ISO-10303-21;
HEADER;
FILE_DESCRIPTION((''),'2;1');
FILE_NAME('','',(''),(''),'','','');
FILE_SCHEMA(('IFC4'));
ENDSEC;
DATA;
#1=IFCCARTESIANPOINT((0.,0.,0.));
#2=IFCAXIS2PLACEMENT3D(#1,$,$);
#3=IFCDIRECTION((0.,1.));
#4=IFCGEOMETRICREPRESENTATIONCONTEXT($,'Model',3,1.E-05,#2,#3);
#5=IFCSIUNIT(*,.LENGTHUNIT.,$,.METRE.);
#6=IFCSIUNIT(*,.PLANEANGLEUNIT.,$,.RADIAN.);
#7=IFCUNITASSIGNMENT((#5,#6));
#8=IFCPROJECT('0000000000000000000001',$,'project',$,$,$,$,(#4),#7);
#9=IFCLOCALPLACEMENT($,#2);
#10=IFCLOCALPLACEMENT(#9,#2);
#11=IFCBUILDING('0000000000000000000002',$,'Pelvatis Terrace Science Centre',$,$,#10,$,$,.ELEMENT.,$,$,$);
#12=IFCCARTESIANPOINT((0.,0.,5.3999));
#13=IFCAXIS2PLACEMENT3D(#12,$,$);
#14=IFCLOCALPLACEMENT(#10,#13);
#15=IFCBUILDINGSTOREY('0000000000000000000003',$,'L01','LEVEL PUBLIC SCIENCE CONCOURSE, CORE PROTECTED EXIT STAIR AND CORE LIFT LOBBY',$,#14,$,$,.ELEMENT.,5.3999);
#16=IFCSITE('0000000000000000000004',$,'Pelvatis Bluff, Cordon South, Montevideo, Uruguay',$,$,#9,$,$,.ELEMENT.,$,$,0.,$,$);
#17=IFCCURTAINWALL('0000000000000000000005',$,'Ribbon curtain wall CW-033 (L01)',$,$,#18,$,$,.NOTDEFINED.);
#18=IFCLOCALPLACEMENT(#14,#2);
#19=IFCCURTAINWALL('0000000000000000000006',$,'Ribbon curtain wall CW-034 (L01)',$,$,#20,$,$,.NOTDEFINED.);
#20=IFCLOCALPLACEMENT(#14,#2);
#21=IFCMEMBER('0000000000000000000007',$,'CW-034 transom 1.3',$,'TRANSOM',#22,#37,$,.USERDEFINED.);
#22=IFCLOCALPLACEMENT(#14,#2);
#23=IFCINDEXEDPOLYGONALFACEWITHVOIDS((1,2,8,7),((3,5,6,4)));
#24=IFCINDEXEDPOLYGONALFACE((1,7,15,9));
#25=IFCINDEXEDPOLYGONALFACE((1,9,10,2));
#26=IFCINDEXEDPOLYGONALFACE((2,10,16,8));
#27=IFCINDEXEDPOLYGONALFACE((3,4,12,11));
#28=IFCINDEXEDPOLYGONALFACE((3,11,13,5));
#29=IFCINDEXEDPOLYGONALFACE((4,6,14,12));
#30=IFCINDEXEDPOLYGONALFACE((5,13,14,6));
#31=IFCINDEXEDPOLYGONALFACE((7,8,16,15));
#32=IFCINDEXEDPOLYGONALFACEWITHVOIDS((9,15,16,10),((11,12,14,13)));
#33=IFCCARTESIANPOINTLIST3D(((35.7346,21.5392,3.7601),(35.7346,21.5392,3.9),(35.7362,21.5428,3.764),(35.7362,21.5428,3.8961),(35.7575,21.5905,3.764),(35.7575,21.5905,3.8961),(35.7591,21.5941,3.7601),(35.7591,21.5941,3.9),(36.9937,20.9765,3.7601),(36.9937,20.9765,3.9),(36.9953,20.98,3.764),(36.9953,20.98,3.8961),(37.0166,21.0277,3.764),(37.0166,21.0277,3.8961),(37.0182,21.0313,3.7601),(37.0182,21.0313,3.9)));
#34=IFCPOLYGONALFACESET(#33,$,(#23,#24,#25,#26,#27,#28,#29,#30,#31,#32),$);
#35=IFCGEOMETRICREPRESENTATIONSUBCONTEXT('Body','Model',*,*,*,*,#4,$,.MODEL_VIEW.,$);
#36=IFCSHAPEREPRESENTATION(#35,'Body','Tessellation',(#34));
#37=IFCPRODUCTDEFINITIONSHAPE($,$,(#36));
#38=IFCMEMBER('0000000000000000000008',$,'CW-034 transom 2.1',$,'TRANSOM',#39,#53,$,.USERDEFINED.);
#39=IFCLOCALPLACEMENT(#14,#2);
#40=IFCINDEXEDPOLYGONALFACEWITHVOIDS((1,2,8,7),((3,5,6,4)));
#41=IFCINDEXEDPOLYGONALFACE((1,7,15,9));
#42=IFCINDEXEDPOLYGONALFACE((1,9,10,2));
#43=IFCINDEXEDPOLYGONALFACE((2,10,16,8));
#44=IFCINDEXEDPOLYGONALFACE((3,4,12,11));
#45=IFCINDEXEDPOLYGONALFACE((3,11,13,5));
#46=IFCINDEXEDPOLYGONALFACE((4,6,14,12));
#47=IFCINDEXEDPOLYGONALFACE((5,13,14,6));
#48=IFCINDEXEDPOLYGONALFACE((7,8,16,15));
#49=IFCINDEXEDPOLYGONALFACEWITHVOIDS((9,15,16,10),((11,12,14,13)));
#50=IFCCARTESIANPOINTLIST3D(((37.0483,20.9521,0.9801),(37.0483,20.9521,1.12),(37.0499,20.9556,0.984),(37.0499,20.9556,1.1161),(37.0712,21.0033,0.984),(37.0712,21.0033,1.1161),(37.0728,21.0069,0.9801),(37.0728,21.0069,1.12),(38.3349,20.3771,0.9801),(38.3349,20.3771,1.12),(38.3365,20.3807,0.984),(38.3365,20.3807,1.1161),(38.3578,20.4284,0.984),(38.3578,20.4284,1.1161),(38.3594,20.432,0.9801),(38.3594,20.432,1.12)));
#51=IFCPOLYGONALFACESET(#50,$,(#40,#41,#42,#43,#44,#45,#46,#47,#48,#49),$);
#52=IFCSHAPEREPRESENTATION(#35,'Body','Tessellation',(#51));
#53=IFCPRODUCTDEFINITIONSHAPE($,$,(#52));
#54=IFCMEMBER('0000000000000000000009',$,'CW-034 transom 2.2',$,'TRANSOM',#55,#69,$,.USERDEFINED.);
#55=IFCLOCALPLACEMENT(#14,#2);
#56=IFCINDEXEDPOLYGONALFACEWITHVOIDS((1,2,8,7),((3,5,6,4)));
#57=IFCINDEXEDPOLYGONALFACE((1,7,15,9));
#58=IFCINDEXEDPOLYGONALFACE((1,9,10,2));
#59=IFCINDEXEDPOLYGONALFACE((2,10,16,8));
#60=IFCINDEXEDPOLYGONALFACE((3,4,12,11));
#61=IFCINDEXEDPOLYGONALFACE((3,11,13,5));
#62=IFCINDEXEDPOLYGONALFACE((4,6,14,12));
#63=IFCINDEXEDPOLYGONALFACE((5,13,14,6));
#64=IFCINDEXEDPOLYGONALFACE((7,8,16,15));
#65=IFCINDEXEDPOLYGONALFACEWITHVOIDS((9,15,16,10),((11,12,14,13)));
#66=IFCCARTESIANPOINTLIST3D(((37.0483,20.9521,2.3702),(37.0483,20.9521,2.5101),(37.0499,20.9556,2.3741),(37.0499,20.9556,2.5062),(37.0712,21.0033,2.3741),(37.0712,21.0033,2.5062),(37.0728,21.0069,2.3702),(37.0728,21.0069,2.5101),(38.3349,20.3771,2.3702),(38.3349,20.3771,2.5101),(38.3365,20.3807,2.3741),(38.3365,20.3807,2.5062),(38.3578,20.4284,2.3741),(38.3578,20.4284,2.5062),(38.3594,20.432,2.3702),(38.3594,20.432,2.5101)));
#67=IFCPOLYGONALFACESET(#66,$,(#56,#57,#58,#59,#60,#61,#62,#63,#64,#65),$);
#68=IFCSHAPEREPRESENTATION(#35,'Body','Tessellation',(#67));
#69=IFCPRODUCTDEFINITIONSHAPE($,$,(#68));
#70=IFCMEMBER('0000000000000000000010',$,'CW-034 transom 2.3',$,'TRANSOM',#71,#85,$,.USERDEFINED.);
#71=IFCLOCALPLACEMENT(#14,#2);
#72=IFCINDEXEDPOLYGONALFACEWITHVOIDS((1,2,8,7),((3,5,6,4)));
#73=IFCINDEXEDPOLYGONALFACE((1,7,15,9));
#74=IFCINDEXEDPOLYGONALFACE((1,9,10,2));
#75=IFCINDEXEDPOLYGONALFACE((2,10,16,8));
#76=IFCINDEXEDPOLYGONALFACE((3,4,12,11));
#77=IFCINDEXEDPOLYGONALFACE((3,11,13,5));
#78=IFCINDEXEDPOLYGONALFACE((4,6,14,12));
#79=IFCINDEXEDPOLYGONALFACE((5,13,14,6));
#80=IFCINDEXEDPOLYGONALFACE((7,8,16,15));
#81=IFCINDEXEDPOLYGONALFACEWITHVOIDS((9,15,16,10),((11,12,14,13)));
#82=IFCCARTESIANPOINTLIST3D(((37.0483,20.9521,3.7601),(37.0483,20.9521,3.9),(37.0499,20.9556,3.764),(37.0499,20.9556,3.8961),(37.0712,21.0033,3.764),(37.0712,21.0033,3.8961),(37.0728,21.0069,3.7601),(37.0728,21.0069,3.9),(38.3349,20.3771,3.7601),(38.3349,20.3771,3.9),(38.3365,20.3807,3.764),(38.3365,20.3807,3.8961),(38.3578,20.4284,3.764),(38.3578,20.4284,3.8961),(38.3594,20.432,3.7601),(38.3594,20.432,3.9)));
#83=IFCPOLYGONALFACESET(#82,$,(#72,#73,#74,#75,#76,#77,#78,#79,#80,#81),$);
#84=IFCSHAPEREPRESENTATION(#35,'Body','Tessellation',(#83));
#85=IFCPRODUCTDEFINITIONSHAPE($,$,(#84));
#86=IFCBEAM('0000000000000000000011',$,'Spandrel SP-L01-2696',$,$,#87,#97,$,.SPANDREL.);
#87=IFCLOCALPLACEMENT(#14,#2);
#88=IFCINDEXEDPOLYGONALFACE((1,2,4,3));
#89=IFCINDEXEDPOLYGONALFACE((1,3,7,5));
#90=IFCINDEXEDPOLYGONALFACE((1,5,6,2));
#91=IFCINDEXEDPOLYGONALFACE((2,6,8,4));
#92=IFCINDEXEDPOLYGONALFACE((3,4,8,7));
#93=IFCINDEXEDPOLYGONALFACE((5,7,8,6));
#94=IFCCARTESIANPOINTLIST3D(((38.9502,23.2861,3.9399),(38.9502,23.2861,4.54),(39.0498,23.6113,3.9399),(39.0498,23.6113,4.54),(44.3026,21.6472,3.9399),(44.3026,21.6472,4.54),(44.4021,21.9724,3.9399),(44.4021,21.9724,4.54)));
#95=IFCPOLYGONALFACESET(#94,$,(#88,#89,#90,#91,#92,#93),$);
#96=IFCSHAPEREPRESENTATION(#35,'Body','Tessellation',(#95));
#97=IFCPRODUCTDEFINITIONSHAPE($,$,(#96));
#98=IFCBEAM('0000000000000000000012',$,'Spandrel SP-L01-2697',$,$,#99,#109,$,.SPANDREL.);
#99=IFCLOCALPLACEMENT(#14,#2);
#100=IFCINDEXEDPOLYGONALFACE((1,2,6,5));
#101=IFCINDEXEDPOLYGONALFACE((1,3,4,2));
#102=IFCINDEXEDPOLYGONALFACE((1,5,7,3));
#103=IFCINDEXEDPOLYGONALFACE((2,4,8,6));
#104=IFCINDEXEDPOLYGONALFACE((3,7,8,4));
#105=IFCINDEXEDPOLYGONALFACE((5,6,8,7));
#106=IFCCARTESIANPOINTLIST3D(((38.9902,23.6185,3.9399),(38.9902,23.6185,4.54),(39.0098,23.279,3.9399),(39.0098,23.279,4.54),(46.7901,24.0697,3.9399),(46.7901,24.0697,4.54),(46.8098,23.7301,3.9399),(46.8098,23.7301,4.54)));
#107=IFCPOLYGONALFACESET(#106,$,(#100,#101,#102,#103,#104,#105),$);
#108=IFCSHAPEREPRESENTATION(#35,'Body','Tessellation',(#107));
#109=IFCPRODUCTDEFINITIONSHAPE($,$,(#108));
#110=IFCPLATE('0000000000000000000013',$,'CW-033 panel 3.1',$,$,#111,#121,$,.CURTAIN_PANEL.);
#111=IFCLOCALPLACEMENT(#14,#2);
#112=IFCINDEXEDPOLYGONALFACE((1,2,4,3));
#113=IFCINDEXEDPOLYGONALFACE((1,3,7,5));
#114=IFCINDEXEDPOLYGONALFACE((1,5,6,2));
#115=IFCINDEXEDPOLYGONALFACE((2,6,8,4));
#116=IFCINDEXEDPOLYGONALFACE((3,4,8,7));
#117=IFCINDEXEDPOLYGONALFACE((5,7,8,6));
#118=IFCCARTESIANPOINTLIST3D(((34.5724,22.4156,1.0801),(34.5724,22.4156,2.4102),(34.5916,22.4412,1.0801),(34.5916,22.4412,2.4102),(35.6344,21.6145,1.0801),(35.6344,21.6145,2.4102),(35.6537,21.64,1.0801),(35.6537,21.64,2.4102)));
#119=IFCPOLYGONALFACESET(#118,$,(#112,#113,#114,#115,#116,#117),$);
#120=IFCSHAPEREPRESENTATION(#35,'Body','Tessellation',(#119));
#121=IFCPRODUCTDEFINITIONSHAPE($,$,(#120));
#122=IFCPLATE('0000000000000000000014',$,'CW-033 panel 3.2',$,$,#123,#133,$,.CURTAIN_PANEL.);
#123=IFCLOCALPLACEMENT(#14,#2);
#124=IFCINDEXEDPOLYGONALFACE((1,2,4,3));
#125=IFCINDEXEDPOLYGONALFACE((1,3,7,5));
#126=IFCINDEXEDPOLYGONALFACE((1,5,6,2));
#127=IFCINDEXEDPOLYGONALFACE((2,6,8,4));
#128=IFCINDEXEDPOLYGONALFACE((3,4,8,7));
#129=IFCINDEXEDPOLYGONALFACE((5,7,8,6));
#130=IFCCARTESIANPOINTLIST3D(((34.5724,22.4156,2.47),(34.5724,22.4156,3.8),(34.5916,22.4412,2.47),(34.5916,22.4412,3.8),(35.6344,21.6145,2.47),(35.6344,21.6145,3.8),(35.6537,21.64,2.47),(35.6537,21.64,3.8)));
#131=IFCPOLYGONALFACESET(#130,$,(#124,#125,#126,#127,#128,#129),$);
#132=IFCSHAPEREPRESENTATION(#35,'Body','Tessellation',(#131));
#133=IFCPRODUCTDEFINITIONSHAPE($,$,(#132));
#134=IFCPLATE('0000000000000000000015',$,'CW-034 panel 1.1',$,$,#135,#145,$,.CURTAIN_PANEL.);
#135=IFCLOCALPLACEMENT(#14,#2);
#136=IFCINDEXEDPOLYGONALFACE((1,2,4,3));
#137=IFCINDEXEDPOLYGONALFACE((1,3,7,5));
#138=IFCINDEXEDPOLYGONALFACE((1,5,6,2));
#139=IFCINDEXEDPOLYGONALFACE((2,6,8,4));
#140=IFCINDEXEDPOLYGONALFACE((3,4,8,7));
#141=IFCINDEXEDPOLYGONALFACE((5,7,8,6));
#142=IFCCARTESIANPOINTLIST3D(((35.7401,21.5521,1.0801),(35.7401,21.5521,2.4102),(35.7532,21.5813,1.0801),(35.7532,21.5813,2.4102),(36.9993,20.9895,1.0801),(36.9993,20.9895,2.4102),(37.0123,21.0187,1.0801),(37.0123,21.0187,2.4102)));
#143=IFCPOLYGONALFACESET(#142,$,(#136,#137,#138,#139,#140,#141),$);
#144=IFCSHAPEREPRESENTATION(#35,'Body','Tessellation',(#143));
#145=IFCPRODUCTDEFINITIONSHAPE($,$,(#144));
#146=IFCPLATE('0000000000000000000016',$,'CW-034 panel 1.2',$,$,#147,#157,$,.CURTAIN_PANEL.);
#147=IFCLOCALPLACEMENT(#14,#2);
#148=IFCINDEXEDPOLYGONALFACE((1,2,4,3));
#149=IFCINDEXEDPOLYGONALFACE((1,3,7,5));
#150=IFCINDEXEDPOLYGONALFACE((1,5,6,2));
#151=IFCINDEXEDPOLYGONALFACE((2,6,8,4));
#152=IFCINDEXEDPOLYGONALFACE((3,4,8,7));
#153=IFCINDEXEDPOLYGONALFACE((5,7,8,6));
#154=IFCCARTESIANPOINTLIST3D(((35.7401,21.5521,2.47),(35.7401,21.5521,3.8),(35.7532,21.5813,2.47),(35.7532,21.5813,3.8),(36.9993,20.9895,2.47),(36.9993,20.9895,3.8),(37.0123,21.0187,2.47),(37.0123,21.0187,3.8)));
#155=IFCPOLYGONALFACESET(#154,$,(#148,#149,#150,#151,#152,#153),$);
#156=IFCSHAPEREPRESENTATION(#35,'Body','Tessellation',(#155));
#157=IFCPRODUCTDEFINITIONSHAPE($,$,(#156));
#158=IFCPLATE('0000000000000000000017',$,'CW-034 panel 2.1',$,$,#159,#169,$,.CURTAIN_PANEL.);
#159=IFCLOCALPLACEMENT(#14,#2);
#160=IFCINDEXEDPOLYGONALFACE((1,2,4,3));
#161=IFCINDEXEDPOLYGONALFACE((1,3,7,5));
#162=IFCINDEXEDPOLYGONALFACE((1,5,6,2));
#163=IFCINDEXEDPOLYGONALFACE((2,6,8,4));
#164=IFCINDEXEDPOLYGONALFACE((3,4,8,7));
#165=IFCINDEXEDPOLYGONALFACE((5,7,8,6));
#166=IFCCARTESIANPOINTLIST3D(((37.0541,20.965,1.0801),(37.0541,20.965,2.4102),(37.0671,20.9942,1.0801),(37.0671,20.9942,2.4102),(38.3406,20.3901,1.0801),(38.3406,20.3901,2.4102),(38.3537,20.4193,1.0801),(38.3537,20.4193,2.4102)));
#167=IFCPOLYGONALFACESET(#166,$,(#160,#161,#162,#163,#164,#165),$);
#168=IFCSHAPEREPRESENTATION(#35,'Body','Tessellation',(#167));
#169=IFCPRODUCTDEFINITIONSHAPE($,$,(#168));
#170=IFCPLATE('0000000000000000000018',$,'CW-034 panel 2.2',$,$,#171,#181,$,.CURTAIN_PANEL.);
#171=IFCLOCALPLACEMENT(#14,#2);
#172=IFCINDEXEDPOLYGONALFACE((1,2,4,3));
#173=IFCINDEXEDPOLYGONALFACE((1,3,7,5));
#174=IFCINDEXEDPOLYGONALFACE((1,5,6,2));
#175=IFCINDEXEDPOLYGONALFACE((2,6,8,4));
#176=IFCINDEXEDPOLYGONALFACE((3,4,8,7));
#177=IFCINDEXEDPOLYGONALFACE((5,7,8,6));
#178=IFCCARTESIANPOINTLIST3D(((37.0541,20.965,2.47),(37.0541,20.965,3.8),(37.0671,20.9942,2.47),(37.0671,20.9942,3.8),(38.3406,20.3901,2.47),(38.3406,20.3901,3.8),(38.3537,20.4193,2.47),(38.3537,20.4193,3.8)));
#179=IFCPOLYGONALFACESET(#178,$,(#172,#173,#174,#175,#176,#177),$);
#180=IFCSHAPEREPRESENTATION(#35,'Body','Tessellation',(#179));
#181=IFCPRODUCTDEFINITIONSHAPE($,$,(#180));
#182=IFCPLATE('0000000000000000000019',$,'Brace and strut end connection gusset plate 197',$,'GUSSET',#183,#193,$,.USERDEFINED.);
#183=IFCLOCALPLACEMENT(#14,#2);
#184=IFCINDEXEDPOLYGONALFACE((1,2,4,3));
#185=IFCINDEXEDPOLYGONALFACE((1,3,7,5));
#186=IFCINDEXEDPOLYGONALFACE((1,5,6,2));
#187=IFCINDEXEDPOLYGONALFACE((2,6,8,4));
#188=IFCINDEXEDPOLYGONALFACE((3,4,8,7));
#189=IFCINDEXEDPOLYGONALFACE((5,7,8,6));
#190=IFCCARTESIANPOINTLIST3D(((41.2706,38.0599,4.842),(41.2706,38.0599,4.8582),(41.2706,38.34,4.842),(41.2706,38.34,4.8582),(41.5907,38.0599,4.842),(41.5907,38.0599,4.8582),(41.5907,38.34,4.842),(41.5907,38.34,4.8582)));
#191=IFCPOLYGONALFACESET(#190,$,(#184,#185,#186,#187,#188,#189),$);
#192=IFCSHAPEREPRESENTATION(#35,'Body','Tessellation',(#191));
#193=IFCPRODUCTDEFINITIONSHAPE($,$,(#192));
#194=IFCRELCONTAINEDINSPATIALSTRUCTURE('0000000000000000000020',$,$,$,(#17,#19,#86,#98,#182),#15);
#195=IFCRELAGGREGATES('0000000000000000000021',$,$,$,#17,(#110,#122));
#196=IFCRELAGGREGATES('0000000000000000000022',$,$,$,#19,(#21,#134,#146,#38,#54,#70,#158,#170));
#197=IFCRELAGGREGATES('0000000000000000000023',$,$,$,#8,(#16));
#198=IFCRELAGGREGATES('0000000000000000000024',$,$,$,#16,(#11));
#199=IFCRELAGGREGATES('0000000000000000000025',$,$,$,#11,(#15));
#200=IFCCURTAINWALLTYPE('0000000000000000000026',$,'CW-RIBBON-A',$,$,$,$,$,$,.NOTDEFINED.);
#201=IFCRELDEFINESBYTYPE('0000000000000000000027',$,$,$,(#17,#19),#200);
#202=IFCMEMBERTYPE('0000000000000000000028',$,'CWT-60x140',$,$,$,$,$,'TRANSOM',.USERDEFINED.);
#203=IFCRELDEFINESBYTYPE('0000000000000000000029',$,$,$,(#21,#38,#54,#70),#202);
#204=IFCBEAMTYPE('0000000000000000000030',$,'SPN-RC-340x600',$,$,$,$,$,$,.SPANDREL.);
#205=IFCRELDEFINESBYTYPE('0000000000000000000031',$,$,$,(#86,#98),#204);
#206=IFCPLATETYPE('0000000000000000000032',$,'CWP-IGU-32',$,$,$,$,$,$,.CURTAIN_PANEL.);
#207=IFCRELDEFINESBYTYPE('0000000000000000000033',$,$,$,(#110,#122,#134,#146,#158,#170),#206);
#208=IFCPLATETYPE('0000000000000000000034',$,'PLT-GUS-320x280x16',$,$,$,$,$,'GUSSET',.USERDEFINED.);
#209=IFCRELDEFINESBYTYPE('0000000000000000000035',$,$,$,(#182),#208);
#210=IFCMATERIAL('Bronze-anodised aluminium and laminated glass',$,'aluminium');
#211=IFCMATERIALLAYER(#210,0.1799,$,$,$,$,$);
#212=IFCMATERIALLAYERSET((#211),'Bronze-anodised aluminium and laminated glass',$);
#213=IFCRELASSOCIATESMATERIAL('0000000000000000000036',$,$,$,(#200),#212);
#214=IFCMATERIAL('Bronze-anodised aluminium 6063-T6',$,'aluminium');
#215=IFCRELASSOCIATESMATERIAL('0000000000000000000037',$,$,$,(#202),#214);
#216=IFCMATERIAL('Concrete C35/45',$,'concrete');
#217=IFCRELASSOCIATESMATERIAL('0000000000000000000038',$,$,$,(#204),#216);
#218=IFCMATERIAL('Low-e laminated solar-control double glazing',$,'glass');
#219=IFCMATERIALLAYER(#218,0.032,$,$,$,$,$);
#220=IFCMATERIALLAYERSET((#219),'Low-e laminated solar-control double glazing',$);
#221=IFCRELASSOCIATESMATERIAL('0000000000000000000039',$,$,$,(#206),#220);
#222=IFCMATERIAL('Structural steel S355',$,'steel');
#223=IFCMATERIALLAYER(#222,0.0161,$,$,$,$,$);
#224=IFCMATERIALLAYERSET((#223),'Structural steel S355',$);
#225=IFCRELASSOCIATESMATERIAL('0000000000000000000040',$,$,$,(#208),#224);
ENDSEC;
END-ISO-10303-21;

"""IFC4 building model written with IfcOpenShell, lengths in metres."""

from ifc_helpers import new_model, si_unit, direction, frame, origin, origin_2d, place, context, subcontext, project, spatial, rectangle, hollow_rectangle, extrude, material, layer, layer_set, material_profile, profile_set, type_object, element, aggregate, save


model = new_model("IFC4")

# Units and contexts
model_context = context("Model", 3, precision=1e-05, world=origin(), true_north=direction((0.0, 1.0)))
body_context = subcontext(model_context, "Body", "Model", "MODEL_VIEW")
ifc_project = project(units=[si_unit("LENGTHUNIT", "METRE"), si_unit("PLANEANGLEUNIT", "RADIAN")], contexts=[model_context])

# Site, building, storey
site_placement = place(None, origin())
site = spatial("IfcSite", under=ifc_project, at=site_placement, Name="Pelvatis Bluff, Cordon South, Montevideo, Uruguay", CompositionType="ELEMENT", RefElevation=0.0)
building_placement = place(site_placement, origin())
building = spatial("IfcBuilding", under=site, at=building_placement, Name="Pelvatis Terrace Science Centre", CompositionType="ELEMENT")
storey_placement = place(building_placement, frame((0.0, 0.0, 5.3999)))
storey = spatial("IfcBuildingStorey", under=building, at=storey_placement, Name="L01", Description="LEVEL PUBLIC SCIENCE CONCOURSE, CORE PROTECTED EXIT STAIR AND CORE LIFT LOBBY", CompositionType="ELEMENT", Elevation=5.3999)

# Curtain walls
ifc_material_1 = material(Name="Bronze-anodised aluminium and laminated glass", Category="aluminium")
ifc_layer_1 = layer(ifc_material_1, 0.1799)
ifc_layer_set_1 = layer_set([ifc_layer_1], Name="Bronze-anodised aluminium and laminated glass")
curtain_wall_type = type_object("IfcCurtainWallType", Name="CW-RIBBON-A", PredefinedType="NOTDEFINED", material=ifc_layer_set_1)
curtain_wall_1_placement = place(storey_placement, origin())
curtain_wall_1 = element("IfcCurtainWall", 1, at=curtain_wall_1_placement, inside=storey, type_object=curtain_wall_type, Name="Ribbon curtain wall CW-033 (L01)", PredefinedType="NOTDEFINED")
curtain_wall_2_placement = place(storey_placement, origin())
curtain_wall_2 = element("IfcCurtainWall", 2, at=curtain_wall_2_placement, inside=storey, type_object=curtain_wall_type, Name="Ribbon curtain wall CW-034 (L01)", PredefinedType="NOTDEFINED")

# Members
ifc_material_2 = material(Name="Bronze-anodised aluminium 6063-T6", Category="aluminium")
ifc_material_profile_1 = material_profile(ifc_material_2, hollow_rectangle(XDim=0.0601, YDim=0.1399, WallThickness=0.0039, at=origin_2d()), Name="ALU-TRN 60x140")
ifc_profile_set_1 = profile_set([ifc_material_profile_1], Name="Bronze-anodised aluminium 6063-T6")
member_type_1 = type_object("IfcMemberType", Name="CWT-60x140", ElementType="TRANSOM", PredefinedType="USERDEFINED", material=ifc_profile_set_1)
member_1_placement = place(storey_placement, frame((35.7468, 21.5667, 3.8301), z_axis=(0.912955, -0.408059, 0.0), x_axis=(0.408059, 0.912955, 0.0)))
member_1 = element("IfcMember", 3, at=member_1_placement, type_object=member_type_1, Name="CW-034 transom 1.3", ObjectType="TRANSOM", PredefinedType="USERDEFINED", context=body_context, shape_type="SweptSolid", body=[
    extrude(hollow_rectangle(XDim=0.0601, YDim=0.1399, WallThickness=0.0039, at=origin_2d()), origin(), (0.0, 0.0, 1.0), 1.3792),
])
member_2_placement = place(storey_placement, frame((37.0605, 20.9795, 1.05), z_axis=(0.912988, -0.407986, 0.0), x_axis=(0.407986, 0.912988, 0.0)))
member_2 = element("IfcMember", 4, at=member_2_placement, type_object=member_type_1, Name="CW-034 transom 2.1", ObjectType="TRANSOM", PredefinedType="USERDEFINED", context=body_context, shape_type="SweptSolid", body=[
    extrude(hollow_rectangle(XDim=0.0601, YDim=0.1399, WallThickness=0.0039, at=origin_2d()), origin(), (0.0, 0.0, 1.0), 1.4092),
])
member_3_placement = place(storey_placement, frame((37.0605, 20.9795, 2.4402), z_axis=(0.912988, -0.407986, 0.0), x_axis=(0.407986, 0.912988, 0.0)))
member_3 = element("IfcMember", 5, at=member_3_placement, type_object=member_type_1, Name="CW-034 transom 2.2", ObjectType="TRANSOM", PredefinedType="USERDEFINED", context=body_context, shape_type="SweptSolid", body=[
    extrude(hollow_rectangle(XDim=0.0601, YDim=0.1399, WallThickness=0.0039, at=origin_2d()), origin(), (0.0, 0.0, 1.0), 1.4092),
])
member_4_placement = place(storey_placement, frame((37.0605, 20.9795, 3.8301), z_axis=(0.912988, -0.407986, 0.0), x_axis=(0.407986, 0.912988, 0.0)))
member_4 = element("IfcMember", 6, at=member_4_placement, type_object=member_type_1, Name="CW-034 transom 2.3", ObjectType="TRANSOM", PredefinedType="USERDEFINED", context=body_context, shape_type="SweptSolid", body=[
    extrude(hollow_rectangle(XDim=0.0601, YDim=0.1399, WallThickness=0.0039, at=origin_2d()), origin(), (0.0, 0.0, 1.0), 1.4092),
])

# Beams
ifc_material_3 = material(Name="Concrete C35/45", Category="concrete")
ifc_material_profile_2 = material_profile(ifc_material_3, rectangle(XDim=0.3401, YDim=0.6001, at=origin_2d()), Name="RC-SPN 340x600")
ifc_profile_set_2 = profile_set([ifc_material_profile_2], Name="Concrete C35/45")
beam_type_1 = type_object("IfcBeamType", Name="SPN-RC-340x600", PredefinedType="SPANDREL", material=ifc_profile_set_2)
beam_1_placement = place(storey_placement, frame((39.0, 23.4487, 4.24), z_axis=(0.956177, -0.292789, 0.0), x_axis=(0.292789, 0.956177, 0.0)))
element("IfcBeam", 7, at=beam_1_placement, inside=storey, type_object=beam_type_1, Name="Spandrel SP-L01-2696", PredefinedType="SPANDREL", context=body_context, shape_type="SweptSolid", body=[
    extrude(rectangle(XDim=0.3401, YDim=0.6001, at=origin_2d()), origin(), (0.0, 0.0, 1.0), 5.5977),
])
beam_2_placement = place(storey_placement, frame((39.0, 23.4487, 4.24), z_axis=(0.998331, 0.057746, 0.0), x_axis=(-0.057746, 0.998331, 0.0)))
element("IfcBeam", 8, at=beam_2_placement, inside=storey, type_object=beam_type_1, Name="Spandrel SP-L01-2697", PredefinedType="SPANDREL", context=body_context, shape_type="SweptSolid", body=[
    extrude(rectangle(XDim=0.3401, YDim=0.6001, at=origin_2d()), origin(), (0.0, 0.0, 1.0), 7.813),
])

# Plates
ifc_material_4 = material(Name="Low-e laminated solar-control double glazing", Category="glass")
ifc_layer_2 = layer(ifc_material_4, 0.032)
ifc_layer_set_2 = layer_set([ifc_layer_2], Name="Low-e laminated solar-control double glazing")
plate_type_1 = type_object("IfcPlateType", Name="CWP-IGU-32", PredefinedType="CURTAIN_PANEL", material=ifc_layer_set_2)
plate_1_placement = place(storey_placement, frame((35.113, 22.0278, 1.0801), z_axis=(0.0, 0.0, 1.0), x_axis=(0.798335, -0.602213, 0.0)))
plate_1 = element("IfcPlate", 9, at=plate_1_placement, type_object=plate_type_1, Name="CW-033 panel 3.1", PredefinedType="CURTAIN_PANEL", context=body_context, shape_type="SweptSolid", body=[
    extrude(rectangle(XDim=1.3303, YDim=0.032, at=origin_2d()), origin(), (0.0, 0.0, 1.0), 1.3301),
])
plate_2_placement = place(storey_placement, frame((35.113, 22.0278, 2.47), z_axis=(0.0, 0.0, 1.0), x_axis=(0.798335, -0.602213, 0.0)))
plate_2 = element("IfcPlate", 10, at=plate_2_placement, type_object=plate_type_1, Name="CW-033 panel 3.2", PredefinedType="CURTAIN_PANEL", context=body_context, shape_type="SweptSolid", body=[
    extrude(rectangle(XDim=1.3303, YDim=0.032, at=origin_2d()), origin(), (0.0, 0.0, 1.0), 1.3301),
])
aggregate(curtain_wall_1, [plate_1, plate_2])
plate_3_placement = place(storey_placement, frame((36.3762, 21.2854, 1.0801), z_axis=(0.0, 0.0, 1.0), x_axis=(0.912985, -0.407992, 0.0)))
plate_3 = element("IfcPlate", 11, at=plate_3_placement, type_object=plate_type_1, Name="CW-034 panel 1.1", PredefinedType="CURTAIN_PANEL", context=body_context, shape_type="SweptSolid", body=[
    extrude(rectangle(XDim=1.3792, YDim=0.032, at=origin_2d()), origin(), (0.0, 0.0, 1.0), 1.3301),
])
plate_4_placement = place(storey_placement, frame((36.3762, 21.2854, 2.47), z_axis=(0.0, 0.0, 1.0), x_axis=(0.912985, -0.407992, 0.0)))
plate_4 = element("IfcPlate", 12, at=plate_4_placement, type_object=plate_type_1, Name="CW-034 panel 1.2", PredefinedType="CURTAIN_PANEL", context=body_context, shape_type="SweptSolid", body=[
    extrude(rectangle(XDim=1.3792, YDim=0.032, at=origin_2d()), origin(), (0.0, 0.0, 1.0), 1.3301),
])
plate_5_placement = place(storey_placement, frame((37.7039, 20.6921, 1.0801), z_axis=(0.0, 0.0, 1.0), x_axis=(0.912985, -0.407992, 0.0)))
plate_5 = element("IfcPlate", 13, at=plate_5_placement, type_object=plate_type_1, Name="CW-034 panel 2.1", PredefinedType="CURTAIN_PANEL", context=body_context, shape_type="SweptSolid", body=[
    extrude(rectangle(XDim=1.4092, YDim=0.032, at=origin_2d()), origin(), (0.0, 0.0, 1.0), 1.3301),
])
plate_6_placement = place(storey_placement, frame((37.7039, 20.6921, 2.47), z_axis=(0.0, 0.0, 1.0), x_axis=(0.912985, -0.407992, 0.0)))
plate_6 = element("IfcPlate", 14, at=plate_6_placement, type_object=plate_type_1, Name="CW-034 panel 2.2", PredefinedType="CURTAIN_PANEL", context=body_context, shape_type="SweptSolid", body=[
    extrude(rectangle(XDim=1.4092, YDim=0.032, at=origin_2d()), origin(), (0.0, 0.0, 1.0), 1.3301),
])
aggregate(curtain_wall_2, [member_1, plate_3, plate_4, member_2, member_3, member_4, plate_5, plate_6])

# Plate
ifc_material_5 = material(Name="Structural steel S355", Category="steel")
ifc_layer_3 = layer(ifc_material_5, 0.0161)
ifc_layer_set_3 = layer_set([ifc_layer_3], Name="Structural steel S355")
plate_type_2 = type_object("IfcPlateType", Name="PLT-GUS-320x280x16", ElementType="GUSSET", PredefinedType="USERDEFINED", material=ifc_layer_set_3)
for number, where, z_axis, x_axis, name in (
    (15, (41.4307, 38.2, 4.842), (0.0, 0.0, 1.0), (1.0, 0.0, 0.0), "Brace and strut end connection gusset plate 197"),
):
    element("IfcPlate", number, at=place(storey_placement, frame(where, z_axis=z_axis, x_axis=x_axis)), inside=storey, type_object=plate_type_2, Name=name, ObjectType="GUSSET", PredefinedType="USERDEFINED", context=body_context, shape_type="SweptSolid", body=[
        extrude(rectangle(XDim=0.3201, YDim=0.28, at=origin_2d()), origin(), (0.0, 0.0, 1.0), 0.0161),
    ])

save(model, "model.ifc")
